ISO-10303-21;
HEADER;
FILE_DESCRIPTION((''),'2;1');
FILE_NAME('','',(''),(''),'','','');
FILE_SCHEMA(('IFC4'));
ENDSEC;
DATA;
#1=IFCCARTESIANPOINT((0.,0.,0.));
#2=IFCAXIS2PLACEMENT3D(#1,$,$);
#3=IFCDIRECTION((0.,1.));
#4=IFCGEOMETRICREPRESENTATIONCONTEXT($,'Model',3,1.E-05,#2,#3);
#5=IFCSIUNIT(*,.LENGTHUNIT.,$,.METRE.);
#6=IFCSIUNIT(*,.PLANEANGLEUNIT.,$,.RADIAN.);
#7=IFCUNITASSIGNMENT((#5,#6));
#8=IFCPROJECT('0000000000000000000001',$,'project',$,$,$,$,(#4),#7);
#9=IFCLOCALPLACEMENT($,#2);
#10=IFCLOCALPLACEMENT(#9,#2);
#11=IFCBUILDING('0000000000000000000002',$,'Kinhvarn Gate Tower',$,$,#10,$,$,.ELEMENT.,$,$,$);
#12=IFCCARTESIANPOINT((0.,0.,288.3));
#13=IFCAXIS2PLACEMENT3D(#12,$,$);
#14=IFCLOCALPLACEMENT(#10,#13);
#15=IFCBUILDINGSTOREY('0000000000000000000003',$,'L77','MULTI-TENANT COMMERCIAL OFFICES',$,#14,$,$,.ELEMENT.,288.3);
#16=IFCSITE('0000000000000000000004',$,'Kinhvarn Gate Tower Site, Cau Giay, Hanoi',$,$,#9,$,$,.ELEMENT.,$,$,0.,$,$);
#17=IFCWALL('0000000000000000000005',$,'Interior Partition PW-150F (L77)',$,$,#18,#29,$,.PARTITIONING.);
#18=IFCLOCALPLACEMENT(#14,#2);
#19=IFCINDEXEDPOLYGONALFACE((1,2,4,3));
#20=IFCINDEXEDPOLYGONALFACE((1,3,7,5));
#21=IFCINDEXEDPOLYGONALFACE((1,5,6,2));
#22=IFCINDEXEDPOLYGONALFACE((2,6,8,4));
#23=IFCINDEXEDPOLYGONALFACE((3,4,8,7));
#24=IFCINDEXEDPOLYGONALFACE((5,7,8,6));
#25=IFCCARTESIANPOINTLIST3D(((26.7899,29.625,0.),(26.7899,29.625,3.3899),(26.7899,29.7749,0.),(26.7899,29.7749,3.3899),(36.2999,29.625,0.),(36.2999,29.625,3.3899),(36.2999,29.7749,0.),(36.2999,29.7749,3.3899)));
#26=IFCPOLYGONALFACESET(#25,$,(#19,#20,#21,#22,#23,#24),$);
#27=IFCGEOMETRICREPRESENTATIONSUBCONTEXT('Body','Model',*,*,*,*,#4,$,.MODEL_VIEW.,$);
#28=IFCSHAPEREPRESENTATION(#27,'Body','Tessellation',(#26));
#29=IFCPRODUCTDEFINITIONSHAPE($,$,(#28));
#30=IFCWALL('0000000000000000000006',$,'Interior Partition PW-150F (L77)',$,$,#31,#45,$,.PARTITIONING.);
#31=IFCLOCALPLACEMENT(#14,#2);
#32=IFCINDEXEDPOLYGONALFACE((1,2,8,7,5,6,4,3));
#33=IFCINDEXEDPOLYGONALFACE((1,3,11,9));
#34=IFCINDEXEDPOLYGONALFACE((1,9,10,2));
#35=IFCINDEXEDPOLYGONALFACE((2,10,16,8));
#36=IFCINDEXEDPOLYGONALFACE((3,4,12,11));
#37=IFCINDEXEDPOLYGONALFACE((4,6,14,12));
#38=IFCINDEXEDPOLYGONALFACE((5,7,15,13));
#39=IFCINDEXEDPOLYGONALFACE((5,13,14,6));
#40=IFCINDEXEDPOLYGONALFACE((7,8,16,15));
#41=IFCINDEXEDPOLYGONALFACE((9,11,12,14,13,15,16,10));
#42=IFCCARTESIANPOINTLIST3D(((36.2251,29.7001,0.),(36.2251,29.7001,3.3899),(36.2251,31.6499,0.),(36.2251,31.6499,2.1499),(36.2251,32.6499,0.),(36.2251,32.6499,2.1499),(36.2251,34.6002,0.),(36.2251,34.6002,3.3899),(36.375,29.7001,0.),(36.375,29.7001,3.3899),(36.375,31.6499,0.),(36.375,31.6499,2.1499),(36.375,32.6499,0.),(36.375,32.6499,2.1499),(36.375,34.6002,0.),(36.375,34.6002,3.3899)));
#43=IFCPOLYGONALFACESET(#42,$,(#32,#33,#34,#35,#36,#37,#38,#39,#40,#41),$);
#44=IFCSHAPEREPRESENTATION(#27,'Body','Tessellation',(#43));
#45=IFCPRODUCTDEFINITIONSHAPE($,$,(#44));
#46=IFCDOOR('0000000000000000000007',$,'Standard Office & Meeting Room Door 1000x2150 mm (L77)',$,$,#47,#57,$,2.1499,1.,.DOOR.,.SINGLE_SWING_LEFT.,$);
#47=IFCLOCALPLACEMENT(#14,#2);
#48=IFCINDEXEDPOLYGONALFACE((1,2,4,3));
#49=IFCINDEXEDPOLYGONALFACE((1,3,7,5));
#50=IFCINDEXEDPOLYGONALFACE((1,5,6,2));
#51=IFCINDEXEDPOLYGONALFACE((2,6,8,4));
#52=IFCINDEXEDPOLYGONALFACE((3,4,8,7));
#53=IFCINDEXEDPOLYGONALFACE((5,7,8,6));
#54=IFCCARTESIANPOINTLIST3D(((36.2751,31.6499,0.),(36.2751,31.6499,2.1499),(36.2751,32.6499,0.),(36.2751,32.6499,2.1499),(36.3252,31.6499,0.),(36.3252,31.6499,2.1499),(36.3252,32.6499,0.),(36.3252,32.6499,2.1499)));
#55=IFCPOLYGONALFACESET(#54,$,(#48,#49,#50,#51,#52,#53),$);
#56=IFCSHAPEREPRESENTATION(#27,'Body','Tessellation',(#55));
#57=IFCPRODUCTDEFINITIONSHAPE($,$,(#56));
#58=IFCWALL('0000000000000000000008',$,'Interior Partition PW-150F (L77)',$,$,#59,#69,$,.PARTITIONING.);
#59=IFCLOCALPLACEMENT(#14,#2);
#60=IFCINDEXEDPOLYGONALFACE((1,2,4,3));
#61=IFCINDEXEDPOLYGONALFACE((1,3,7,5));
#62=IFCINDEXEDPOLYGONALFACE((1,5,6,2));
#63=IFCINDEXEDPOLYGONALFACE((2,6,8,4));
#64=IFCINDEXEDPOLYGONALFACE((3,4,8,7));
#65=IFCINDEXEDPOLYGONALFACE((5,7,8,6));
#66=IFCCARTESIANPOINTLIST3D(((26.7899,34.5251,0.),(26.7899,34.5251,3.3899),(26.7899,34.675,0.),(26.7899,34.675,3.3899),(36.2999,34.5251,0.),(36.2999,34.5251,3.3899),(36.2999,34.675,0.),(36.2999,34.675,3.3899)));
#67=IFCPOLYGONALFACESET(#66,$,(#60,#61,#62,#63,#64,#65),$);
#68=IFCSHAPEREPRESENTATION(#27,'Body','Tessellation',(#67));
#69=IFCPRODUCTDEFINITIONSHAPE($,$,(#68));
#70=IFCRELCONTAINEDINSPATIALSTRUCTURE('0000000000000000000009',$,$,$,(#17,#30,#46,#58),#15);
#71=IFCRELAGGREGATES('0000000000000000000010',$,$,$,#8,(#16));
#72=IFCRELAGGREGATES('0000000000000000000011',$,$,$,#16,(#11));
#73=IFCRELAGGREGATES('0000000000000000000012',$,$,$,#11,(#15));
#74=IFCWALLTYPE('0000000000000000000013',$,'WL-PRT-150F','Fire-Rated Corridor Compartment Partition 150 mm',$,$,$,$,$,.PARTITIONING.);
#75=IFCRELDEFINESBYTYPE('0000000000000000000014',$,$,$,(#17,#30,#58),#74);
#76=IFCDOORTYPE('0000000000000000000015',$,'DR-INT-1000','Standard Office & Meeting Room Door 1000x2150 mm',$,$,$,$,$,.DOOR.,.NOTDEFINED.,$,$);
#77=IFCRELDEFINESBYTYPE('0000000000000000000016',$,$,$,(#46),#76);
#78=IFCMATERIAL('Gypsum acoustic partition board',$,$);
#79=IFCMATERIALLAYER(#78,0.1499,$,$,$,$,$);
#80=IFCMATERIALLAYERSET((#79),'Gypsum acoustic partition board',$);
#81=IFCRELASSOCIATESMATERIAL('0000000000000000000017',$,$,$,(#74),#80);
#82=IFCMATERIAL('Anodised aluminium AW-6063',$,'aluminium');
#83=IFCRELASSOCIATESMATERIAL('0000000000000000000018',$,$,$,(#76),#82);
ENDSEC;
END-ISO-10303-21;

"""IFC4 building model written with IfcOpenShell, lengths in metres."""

from ifc_helpers import new_model, si_unit, direction, frame, frame_2d, origin, place, context, subcontext, project, spatial, rectangle, extrude, material, layer, layer_set, type_object, element, fill, save


model = new_model("IFC4")

# Units and contexts
model_context = context("Model", 3, precision=1e-05, world=origin(), true_north=direction((0.0, 1.0)))
body_context = subcontext(model_context, "Body", "Model", "MODEL_VIEW")
ifc_project = project(units=[si_unit("LENGTHUNIT", "METRE"), si_unit("PLANEANGLEUNIT", "RADIAN")], contexts=[model_context])

# Site, building, storey
site_placement = place(None, origin())
site = spatial("IfcSite", under=ifc_project, at=site_placement, Name="Kinhvarn Gate Tower Site, Cau Giay, Hanoi", CompositionType="ELEMENT", RefElevation=0.0)
building_placement = place(site_placement, origin())
building = spatial("IfcBuilding", under=site, at=building_placement, Name="Kinhvarn Gate Tower", CompositionType="ELEMENT")
storey_placement = place(building_placement, frame((0.0, 0.0, 288.3)))
storey = spatial("IfcBuildingStorey", under=building, at=storey_placement, Name="L77", Description="MULTI-TENANT COMMERCIAL OFFICES", CompositionType="ELEMENT", Elevation=288.3)

# Wall
ifc_material_1 = material(Name="Gypsum acoustic partition board")
ifc_layer_1 = layer(ifc_material_1, 0.1499)
ifc_layer_set_1 = layer_set([ifc_layer_1], Name="Gypsum acoustic partition board")
wall_type_1 = type_object("IfcWallType", Name="WL-PRT-150F", Description="Fire-Rated Corridor Compartment Partition 150 mm", PredefinedType="PARTITIONING", material=ifc_layer_set_1)
wall_1_placement = place(storey_placement, frame((26.79, 29.7, 0.0), z_axis=(0.0, 0.0, 1.0), x_axis=(1.0, 0.0, 0.0)))
element("IfcWall", 1, at=wall_1_placement, inside=storey, type_object=wall_type_1, Name="Interior Partition PW-150F (L77)", PredefinedType="PARTITIONING", context=body_context, shape_type="SweptSolid", body=[
    extrude(rectangle(XDim=9.51, YDim=0.1499, at=frame_2d((4.7549, 0.0))), origin(), (0.0, 0.0, 1.0), 3.3899),
])

# Wall, opening, door
wall_2_placement = place(storey_placement, frame((36.3, 29.7, 0.0), z_axis=(0.0, 0.0, 1.0), x_axis=(0.0, 1.0, 0.0)))
wall_2 = element("IfcWall", 2, at=wall_2_placement, inside=storey, type_object=wall_type_1, Name="Interior Partition PW-150F (L77)", PredefinedType="PARTITIONING", context=body_context, shape_type="SweptSolid", body=[
    extrude(rectangle(XDim=4.9001, YDim=0.1499, at=frame_2d((2.4502, 0.0))), origin(), (0.0, 0.0, 1.0), 3.3899),
])
opening_1_placement = place(wall_2_placement, frame((1.95, 0.0, 0.0)))
opening_1 = element("IfcOpeningElement", 3, at=opening_1_placement, cuts=wall_2, PredefinedType="OPENING", context=body_context, shape_type="SweptSolid", body=[
    extrude(rectangle(XDim=1.0, YDim=2.1499, at=frame_2d((0.5, 1.075))), frame((0.0, 0.085, 0.0), z_axis=(0.0, -1.0, 0.0), x_axis=(1.0, 0.0, 0.0)), (0.0, 0.0, 1.0), 0.1699),
])
ifc_material_2 = material(Name="Anodised aluminium AW-6063", Category="aluminium")
door_type = type_object("IfcDoorType", Name="DR-INT-1000", Description="Standard Office & Meeting Room Door 1000x2150 mm", OperationType="NOTDEFINED", PredefinedType="DOOR", material=ifc_material_2)
door_1_placement = place(opening_1_placement, origin())
door_1 = element("IfcDoor", 4, at=door_1_placement, inside=storey, type_object=door_type, Name="Standard Office & Meeting Room Door 1000x2150 mm (L77)", OperationType="SINGLE_SWING_LEFT", OverallHeight=2.1499, OverallWidth=1.0, PredefinedType="DOOR", context=body_context, shape_type="SweptSolid", body=[
    extrude(rectangle(XDim=1.0, YDim=2.1499, at=frame_2d((0.5, 1.075))), frame((0.0, 0.0249, 0.0), z_axis=(0.0, -1.0, 0.0), x_axis=(1.0, 0.0, 0.0)), (0.0, 0.0, 1.0), 0.05),
])
fill(opening_1, door_1)

# Wall
wall_3_placement = place(storey_placement, frame((26.79, 34.6001, 0.0), z_axis=(0.0, 0.0, 1.0), x_axis=(1.0, 0.0, 0.0)))
element("IfcWall", 5, at=wall_3_placement, inside=storey, type_object=wall_type_1, Name="Interior Partition PW-150F (L77)", PredefinedType="PARTITIONING", context=body_context, shape_type="SweptSolid", body=[
    extrude(rectangle(XDim=9.51, YDim=0.1499, at=frame_2d((4.7549, 0.0))), origin(), (0.0, 0.0, 1.0), 3.3899),
])

save(model, "model.ifc")
